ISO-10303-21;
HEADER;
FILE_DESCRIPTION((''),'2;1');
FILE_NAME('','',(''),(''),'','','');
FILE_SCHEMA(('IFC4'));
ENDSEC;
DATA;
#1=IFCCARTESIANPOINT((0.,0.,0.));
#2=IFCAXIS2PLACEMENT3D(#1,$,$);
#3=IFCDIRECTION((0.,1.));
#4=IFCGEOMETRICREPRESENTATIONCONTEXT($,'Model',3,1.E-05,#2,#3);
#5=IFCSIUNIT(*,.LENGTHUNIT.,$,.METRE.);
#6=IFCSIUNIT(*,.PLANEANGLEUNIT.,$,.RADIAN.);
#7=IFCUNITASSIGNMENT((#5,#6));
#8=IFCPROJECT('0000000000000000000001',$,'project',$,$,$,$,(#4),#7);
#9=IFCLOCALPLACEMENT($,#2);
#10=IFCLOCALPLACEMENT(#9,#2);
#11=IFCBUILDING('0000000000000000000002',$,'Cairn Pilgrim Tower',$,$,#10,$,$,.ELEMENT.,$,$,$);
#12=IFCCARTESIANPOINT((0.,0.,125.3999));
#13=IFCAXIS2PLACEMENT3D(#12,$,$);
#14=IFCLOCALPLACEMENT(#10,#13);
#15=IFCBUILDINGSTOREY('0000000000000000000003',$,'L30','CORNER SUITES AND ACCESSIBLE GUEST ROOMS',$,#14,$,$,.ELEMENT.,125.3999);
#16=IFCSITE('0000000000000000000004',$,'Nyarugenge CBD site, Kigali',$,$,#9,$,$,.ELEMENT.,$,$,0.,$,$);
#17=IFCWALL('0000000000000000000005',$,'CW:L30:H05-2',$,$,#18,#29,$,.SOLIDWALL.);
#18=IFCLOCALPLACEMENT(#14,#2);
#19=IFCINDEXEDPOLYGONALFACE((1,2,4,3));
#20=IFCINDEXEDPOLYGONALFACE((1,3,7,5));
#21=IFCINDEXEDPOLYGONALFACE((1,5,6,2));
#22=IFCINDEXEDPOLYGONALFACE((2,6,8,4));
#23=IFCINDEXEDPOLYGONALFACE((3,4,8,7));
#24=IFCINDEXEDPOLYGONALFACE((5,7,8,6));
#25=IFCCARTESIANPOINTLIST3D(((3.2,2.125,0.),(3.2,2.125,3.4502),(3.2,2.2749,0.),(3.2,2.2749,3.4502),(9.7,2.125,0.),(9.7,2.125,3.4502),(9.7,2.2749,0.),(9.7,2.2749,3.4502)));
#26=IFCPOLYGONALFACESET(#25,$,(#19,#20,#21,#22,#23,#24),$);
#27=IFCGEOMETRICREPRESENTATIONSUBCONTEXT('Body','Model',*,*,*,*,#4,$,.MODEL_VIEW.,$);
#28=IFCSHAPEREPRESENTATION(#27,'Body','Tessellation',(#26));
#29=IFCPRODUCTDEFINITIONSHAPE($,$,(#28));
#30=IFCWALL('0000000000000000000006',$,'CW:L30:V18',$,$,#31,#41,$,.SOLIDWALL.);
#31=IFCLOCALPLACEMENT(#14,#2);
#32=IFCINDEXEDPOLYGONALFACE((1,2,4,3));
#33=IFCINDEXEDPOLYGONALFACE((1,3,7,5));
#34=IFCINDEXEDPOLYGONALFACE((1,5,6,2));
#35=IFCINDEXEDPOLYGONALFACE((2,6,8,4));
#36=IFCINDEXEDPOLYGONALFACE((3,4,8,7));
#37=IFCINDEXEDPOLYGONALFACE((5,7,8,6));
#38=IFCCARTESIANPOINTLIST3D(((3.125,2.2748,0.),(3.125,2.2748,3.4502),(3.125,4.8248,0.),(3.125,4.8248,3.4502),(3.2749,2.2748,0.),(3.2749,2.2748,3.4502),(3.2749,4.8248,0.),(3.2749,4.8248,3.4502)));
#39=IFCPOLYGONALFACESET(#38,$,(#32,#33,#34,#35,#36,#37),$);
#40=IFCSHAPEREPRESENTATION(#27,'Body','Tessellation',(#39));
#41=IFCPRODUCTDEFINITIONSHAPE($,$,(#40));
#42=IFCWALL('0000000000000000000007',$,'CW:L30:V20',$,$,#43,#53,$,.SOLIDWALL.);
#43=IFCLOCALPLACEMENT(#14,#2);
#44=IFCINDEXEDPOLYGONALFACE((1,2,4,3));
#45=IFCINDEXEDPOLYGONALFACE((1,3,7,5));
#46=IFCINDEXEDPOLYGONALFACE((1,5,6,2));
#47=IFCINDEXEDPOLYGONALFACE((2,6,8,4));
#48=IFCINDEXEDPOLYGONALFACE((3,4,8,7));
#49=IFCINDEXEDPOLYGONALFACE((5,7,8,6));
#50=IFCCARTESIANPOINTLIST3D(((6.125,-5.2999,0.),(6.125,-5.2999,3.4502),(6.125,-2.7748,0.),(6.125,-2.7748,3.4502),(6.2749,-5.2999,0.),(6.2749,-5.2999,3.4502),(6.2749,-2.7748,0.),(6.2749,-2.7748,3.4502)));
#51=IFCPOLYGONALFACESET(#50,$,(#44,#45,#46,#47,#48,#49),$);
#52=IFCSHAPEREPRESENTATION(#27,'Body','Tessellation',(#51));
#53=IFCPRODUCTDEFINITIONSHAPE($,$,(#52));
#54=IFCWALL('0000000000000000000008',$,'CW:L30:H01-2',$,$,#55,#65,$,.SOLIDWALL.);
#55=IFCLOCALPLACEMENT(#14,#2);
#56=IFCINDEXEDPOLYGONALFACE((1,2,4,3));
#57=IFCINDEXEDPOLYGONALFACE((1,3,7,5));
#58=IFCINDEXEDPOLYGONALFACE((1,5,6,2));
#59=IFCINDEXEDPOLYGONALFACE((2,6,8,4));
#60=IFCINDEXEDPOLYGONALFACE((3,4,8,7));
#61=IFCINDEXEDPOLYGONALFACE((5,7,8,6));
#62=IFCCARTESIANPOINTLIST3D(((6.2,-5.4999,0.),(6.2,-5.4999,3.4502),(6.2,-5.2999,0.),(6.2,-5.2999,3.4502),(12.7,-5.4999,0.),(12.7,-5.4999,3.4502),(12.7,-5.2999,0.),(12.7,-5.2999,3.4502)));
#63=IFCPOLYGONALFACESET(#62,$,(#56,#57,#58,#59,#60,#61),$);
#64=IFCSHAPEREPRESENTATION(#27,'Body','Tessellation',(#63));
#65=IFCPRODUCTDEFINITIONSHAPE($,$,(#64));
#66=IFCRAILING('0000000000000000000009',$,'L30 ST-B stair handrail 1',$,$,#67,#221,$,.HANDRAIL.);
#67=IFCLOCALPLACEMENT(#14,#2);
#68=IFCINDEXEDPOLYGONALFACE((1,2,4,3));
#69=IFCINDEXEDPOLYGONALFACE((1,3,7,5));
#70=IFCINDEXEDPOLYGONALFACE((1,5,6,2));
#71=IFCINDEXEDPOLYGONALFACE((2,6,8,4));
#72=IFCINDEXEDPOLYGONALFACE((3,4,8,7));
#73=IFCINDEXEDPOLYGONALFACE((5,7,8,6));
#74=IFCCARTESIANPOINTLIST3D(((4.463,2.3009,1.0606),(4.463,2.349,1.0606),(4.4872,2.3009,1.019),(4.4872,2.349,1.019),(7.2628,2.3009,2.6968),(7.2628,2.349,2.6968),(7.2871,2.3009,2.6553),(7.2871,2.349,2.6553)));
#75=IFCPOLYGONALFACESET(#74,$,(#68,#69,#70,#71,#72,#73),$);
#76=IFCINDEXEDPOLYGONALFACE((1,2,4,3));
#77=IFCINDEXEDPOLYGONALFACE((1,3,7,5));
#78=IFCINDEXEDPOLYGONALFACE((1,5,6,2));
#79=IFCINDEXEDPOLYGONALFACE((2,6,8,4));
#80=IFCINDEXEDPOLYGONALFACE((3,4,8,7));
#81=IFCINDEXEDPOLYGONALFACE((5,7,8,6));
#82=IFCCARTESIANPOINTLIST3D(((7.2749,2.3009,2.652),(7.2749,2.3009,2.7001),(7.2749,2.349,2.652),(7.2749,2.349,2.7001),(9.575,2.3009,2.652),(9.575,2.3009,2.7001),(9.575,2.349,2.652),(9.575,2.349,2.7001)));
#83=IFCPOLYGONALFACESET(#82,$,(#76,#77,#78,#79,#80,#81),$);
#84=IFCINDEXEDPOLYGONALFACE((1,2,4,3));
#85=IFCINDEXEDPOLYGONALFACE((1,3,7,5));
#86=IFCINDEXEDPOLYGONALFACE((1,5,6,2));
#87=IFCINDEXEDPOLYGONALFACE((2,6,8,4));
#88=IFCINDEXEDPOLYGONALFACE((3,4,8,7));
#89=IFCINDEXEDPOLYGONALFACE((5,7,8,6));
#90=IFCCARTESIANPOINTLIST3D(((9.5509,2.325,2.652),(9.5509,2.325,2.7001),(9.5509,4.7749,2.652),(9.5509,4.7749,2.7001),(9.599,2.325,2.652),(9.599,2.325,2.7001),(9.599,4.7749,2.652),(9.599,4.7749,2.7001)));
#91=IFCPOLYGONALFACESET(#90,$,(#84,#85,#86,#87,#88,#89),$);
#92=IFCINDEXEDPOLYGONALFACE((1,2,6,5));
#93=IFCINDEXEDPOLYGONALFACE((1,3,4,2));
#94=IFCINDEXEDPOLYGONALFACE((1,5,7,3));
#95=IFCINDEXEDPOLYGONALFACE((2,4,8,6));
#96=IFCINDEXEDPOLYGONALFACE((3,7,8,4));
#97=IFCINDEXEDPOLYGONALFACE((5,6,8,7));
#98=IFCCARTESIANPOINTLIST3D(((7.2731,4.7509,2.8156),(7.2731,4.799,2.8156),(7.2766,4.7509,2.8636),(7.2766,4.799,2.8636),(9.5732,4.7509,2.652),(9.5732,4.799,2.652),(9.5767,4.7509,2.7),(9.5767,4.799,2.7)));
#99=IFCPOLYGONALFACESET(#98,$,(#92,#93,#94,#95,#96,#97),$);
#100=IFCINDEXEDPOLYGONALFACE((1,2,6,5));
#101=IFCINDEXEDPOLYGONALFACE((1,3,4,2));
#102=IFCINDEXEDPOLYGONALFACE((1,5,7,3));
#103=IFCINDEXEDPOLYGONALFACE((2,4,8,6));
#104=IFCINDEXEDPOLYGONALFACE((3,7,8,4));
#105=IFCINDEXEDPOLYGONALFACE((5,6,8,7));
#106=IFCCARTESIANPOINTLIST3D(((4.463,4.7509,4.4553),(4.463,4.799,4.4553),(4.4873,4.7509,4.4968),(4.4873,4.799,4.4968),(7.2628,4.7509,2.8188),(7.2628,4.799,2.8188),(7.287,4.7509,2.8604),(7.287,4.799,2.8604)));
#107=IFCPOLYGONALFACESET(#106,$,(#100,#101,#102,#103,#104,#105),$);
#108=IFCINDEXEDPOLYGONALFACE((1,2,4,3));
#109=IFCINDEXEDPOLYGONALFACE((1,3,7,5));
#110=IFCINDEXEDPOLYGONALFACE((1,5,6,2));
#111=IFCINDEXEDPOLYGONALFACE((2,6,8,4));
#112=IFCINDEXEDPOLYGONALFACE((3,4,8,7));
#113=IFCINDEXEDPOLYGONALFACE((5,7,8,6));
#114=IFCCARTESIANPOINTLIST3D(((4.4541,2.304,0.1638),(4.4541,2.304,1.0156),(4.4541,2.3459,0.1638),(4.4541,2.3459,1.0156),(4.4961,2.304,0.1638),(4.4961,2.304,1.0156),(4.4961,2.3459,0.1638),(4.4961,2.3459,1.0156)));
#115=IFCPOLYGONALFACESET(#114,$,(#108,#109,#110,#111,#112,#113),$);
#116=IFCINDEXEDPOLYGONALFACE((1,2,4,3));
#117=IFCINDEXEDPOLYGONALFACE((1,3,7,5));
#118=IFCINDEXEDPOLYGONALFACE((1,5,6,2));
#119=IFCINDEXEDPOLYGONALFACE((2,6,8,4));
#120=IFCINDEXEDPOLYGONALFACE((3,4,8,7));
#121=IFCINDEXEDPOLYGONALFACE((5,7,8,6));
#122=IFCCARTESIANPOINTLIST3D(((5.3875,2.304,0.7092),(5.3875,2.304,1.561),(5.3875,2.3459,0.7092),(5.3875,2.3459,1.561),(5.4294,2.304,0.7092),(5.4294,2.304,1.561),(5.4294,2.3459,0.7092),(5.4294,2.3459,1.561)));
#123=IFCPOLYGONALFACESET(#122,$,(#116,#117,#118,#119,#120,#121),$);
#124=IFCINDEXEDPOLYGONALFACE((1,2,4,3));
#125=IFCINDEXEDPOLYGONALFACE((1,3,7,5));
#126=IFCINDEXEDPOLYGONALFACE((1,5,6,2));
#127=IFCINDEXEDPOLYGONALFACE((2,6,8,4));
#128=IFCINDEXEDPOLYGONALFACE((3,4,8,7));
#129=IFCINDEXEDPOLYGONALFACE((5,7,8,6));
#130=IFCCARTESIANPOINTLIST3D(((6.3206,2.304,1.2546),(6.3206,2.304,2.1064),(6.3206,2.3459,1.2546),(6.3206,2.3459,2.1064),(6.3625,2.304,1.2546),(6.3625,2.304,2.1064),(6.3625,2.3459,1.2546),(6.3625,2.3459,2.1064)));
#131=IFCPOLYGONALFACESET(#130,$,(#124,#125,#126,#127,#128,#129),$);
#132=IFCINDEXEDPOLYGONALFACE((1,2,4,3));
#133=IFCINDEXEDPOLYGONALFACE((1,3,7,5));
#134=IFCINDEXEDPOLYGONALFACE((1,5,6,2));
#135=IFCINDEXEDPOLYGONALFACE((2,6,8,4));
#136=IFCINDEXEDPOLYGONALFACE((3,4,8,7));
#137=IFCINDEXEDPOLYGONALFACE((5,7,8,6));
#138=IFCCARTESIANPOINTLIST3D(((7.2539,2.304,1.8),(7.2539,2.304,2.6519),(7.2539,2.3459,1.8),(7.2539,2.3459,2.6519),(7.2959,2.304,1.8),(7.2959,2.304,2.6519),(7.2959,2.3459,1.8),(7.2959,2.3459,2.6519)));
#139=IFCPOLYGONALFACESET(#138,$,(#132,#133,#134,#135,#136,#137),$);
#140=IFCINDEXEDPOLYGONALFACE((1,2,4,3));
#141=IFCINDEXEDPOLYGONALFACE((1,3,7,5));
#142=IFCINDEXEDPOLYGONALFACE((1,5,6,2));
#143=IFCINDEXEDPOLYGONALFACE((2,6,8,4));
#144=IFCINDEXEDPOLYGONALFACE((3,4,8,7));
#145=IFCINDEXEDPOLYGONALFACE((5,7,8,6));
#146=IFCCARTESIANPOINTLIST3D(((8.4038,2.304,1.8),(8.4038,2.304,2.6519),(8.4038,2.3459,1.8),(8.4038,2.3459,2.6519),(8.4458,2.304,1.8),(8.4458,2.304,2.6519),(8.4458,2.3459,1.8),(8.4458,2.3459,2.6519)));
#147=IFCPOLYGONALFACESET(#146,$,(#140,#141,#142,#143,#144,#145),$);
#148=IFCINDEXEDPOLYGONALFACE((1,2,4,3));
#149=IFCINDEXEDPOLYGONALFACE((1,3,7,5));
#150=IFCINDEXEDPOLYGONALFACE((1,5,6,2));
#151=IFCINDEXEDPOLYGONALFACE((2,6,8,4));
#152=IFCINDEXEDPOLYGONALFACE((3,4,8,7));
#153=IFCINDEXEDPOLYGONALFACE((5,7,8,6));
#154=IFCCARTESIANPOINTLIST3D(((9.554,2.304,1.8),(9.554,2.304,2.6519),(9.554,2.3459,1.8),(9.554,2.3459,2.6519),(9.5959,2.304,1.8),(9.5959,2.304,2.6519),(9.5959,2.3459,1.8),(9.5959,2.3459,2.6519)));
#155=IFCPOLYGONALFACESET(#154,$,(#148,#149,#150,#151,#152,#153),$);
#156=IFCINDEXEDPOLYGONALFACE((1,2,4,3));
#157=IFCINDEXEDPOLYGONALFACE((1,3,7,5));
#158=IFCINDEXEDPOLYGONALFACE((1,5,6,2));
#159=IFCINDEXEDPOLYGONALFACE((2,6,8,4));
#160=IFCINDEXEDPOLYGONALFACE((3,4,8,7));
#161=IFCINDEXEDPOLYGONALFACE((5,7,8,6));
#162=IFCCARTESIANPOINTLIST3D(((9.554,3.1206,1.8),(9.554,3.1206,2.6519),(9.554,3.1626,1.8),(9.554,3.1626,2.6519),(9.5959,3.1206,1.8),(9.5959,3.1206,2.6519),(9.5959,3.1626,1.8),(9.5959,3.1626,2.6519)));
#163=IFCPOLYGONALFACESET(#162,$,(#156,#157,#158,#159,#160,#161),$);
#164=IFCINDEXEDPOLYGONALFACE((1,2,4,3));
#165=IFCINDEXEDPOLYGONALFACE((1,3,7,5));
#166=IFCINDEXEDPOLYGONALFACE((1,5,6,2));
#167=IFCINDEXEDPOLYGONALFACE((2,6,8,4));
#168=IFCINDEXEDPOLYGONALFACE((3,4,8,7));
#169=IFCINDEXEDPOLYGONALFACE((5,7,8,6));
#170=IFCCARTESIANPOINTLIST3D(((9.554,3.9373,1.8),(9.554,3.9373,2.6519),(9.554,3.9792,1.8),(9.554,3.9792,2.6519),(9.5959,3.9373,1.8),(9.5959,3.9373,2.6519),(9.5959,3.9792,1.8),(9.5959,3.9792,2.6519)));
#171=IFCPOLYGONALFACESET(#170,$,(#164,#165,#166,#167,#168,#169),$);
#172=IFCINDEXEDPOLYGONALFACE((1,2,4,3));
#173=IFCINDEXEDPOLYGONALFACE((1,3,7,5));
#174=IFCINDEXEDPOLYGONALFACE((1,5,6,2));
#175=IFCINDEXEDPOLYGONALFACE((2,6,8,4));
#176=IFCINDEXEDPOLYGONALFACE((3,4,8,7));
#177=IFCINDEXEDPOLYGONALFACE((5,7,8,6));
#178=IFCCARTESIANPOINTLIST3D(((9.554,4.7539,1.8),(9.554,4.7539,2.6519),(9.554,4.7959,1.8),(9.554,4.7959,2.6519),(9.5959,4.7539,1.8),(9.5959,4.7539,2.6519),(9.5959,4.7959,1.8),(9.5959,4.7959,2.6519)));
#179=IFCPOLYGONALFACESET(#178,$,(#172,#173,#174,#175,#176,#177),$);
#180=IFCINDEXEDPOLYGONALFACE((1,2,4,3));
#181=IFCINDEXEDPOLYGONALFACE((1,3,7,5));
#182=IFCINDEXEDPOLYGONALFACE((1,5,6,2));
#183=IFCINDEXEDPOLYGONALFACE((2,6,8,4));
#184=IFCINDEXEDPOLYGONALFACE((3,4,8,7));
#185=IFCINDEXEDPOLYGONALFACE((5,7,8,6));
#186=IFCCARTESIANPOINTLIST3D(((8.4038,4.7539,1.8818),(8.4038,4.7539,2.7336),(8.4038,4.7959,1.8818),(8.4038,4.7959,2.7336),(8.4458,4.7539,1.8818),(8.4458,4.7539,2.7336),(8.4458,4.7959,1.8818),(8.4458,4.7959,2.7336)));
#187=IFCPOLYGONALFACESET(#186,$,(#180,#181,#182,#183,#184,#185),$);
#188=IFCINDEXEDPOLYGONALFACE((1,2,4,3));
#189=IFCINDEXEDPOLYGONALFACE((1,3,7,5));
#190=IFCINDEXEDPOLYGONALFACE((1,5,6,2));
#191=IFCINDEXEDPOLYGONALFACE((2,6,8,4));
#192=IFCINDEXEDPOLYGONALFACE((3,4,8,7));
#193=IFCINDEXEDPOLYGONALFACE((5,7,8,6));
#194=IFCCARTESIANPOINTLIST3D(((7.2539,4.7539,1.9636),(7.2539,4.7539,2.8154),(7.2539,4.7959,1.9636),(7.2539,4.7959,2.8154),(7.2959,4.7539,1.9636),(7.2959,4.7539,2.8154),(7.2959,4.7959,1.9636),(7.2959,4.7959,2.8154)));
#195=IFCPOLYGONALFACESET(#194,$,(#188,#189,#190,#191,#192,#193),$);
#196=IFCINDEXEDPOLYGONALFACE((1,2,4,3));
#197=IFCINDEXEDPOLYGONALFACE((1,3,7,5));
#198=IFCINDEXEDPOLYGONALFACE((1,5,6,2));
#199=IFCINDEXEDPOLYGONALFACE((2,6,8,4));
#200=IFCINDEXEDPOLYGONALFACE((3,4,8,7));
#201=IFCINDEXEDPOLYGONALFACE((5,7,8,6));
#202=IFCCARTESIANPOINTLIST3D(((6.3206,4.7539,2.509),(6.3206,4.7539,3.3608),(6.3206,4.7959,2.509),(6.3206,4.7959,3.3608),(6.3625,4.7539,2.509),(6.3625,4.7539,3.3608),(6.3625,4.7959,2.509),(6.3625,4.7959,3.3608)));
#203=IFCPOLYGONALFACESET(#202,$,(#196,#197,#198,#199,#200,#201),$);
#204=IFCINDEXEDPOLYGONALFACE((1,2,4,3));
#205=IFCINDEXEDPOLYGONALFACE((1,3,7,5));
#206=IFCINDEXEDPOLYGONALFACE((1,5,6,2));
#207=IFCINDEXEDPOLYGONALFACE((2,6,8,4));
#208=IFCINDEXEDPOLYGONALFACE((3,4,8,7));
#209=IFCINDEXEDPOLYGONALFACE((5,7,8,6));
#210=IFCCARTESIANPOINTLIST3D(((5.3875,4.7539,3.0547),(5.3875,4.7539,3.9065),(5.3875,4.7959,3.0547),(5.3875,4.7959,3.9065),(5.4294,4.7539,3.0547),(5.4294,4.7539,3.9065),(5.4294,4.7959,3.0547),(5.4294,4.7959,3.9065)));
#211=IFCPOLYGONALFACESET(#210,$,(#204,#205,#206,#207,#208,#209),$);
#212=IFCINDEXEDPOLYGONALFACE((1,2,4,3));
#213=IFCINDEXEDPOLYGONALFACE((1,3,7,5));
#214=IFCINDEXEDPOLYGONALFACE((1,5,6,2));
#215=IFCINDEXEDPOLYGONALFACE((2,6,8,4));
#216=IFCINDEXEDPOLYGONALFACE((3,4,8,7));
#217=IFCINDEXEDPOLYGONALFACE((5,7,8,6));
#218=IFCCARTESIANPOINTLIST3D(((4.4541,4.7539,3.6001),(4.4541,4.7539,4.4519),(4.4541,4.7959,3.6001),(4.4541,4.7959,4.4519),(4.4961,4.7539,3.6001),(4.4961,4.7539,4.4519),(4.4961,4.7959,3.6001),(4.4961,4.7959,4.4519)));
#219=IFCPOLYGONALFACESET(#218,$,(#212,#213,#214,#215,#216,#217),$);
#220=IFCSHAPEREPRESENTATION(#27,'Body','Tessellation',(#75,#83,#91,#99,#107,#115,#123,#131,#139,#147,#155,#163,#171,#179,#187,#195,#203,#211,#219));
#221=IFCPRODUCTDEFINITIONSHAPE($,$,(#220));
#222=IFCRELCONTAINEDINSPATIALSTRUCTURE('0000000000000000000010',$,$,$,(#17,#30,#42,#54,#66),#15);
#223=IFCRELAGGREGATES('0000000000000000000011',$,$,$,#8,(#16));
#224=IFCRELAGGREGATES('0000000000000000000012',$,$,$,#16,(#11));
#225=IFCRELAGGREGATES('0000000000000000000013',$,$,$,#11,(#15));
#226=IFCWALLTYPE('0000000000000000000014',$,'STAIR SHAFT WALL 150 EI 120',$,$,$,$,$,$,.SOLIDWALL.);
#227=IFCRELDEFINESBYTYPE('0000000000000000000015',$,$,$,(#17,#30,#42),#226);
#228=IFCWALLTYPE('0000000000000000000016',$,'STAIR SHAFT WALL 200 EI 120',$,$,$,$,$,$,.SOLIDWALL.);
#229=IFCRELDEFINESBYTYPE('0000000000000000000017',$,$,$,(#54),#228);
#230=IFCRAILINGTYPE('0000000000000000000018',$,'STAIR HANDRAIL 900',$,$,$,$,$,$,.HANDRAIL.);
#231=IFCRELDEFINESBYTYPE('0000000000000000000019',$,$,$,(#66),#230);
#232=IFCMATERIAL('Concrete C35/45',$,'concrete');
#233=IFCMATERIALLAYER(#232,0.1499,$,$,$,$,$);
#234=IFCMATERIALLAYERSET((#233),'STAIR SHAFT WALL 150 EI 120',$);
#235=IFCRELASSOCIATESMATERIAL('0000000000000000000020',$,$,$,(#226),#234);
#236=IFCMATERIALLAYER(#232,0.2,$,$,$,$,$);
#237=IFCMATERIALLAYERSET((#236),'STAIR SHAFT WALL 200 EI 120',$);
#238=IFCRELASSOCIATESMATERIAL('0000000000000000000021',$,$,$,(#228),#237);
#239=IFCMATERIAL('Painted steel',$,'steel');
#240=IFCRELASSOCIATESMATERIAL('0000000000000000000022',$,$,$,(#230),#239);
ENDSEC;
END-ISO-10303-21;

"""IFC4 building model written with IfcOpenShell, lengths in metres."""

from ifc_helpers import new_model, si_unit, direction, frame, frame_2d, origin, origin_2d, place, context, subcontext, project, spatial, rectangle, extrude, material, layer, layer_set, type_object, element, save


model = new_model("IFC4")

# Units and contexts
model_context = context("Model", 3, precision=1e-05, world=origin(), true_north=direction((0.0, 1.0)))
body_context = subcontext(model_context, "Body", "Model", "MODEL_VIEW")
ifc_project = project(units=[si_unit("LENGTHUNIT", "METRE"), si_unit("PLANEANGLEUNIT", "RADIAN")], contexts=[model_context])

# Site, building, storey
site_placement = place(None, origin())
site = spatial("IfcSite", under=ifc_project, at=site_placement, Name="Nyarugenge CBD site, Kigali", CompositionType="ELEMENT", RefElevation=0.0)
building_placement = place(site_placement, origin())
building = spatial("IfcBuilding", under=site, at=building_placement, Name="Cairn Pilgrim Tower", CompositionType="ELEMENT")
storey_placement = place(building_placement, frame((0.0, 0.0, 125.3999)))
storey = spatial("IfcBuildingStorey", under=building, at=storey_placement, Name="L30", Description="CORNER SUITES AND ACCESSIBLE GUEST ROOMS", CompositionType="ELEMENT", Elevation=125.3999)

# Shared definitions
ifc_material_1 = material(Name="Concrete C35/45", Category="concrete")
ifc_layer_1 = layer(ifc_material_1, 0.1499)
ifc_layer_set_1 = layer_set([ifc_layer_1], Name="STAIR SHAFT WALL 150 EI 120")
wall_type_1 = type_object("IfcWallType", Name="STAIR SHAFT WALL 150 EI 120", PredefinedType="SOLIDWALL", material=ifc_layer_set_1)
ifc_material_2 = material(Name="Painted steel", Category="steel")

# Walls
wall_1_placement = place(storey_placement, frame((3.2, 2.2, 0.0), z_axis=(0.0, 0.0, 1.0), x_axis=(1.0, 0.0, 0.0)))
element("IfcWall", 1, at=wall_1_placement, inside=storey, type_object=wall_type_1, Name="CW:L30:H05-2", PredefinedType="SOLIDWALL", context=body_context, shape_type="SweptSolid", body=[
    extrude(rectangle(XDim=6.5, YDim=0.1499, at=frame_2d((3.25, 0.0))), origin(), (0.0, 0.0, 1.0), 3.4502),
])
wall_2_placement = place(storey_placement, frame((3.2, 2.2749, 0.0), z_axis=(0.0, 0.0, 1.0), x_axis=(0.0, 1.0, 0.0)))
element("IfcWall", 2, at=wall_2_placement, inside=storey, type_object=wall_type_1, Name="CW:L30:V18", PredefinedType="SOLIDWALL", context=body_context, shape_type="SweptSolid", body=[
    extrude(rectangle(XDim=2.55, YDim=0.1499, at=frame_2d((1.2749, 0.0))), origin(), (0.0, 0.0, 1.0), 3.4502),
])
wall_3_placement = place(storey_placement, frame((6.2, -5.3, 0.0), z_axis=(0.0, 0.0, 1.0), x_axis=(0.0, 1.0, 0.0)))
element("IfcWall", 3, at=wall_3_placement, inside=storey, type_object=wall_type_1, Name="CW:L30:V20", PredefinedType="SOLIDWALL", context=body_context, shape_type="SweptSolid", body=[
    extrude(rectangle(XDim=2.5251, YDim=0.1499, at=frame_2d((1.2627, 0.0))), origin(), (0.0, 0.0, 1.0), 3.4502),
])
ifc_layer_2 = layer(ifc_material_1, 0.2)
ifc_layer_set_2 = layer_set([ifc_layer_2], Name="STAIR SHAFT WALL 200 EI 120")
wall_type_2 = type_object("IfcWallType", Name="STAIR SHAFT WALL 200 EI 120", PredefinedType="SOLIDWALL", material=ifc_layer_set_2)
wall_4_placement = place(storey_placement, frame((6.2, -5.3999, 0.0), z_axis=(0.0, 0.0, 1.0), x_axis=(1.0, 0.0, 0.0)))
element("IfcWall", 4, at=wall_4_placement, inside=storey, type_object=wall_type_2, Name="CW:L30:H01-2", PredefinedType="SOLIDWALL", context=body_context, shape_type="SweptSolid", body=[
    extrude(rectangle(XDim=6.5, YDim=0.2, at=frame_2d((3.25, 0.0))), origin(), (0.0, 0.0, 1.0), 3.4502),
])

# Railing
railing_type = type_object("IfcRailingType", Name="STAIR HANDRAIL 900", PredefinedType="HANDRAIL", material=ifc_material_2)
railing_placement = place(storey_placement, frame((4.4751, 2.325, 0.1638)))
element("IfcRailing", 5, at=railing_placement, inside=storey, type_object=railing_type, Name="L30 ST-B stair handrail 1", PredefinedType="HANDRAIL", context=body_context, shape_type="SweptSolid", body=[
    extrude(rectangle(XDim=0.0481, YDim=0.0481, at=origin_2d()), frame((0.0, 0.0, 0.876), z_axis=(0.863374, 0.0, 0.504564), x_axis=(0.0, 1.0, 0.0)), (0.0, 0.0, 1.0), 3.2429),
    extrude(rectangle(XDim=0.0481, YDim=0.0481, at=origin_2d()), frame((2.7998, 0.0, 2.5122), z_axis=(1.0, 0.0, 0.0), x_axis=(0.0, 1.0, 0.0)), (0.0, 0.0, 1.0), 2.3),
    extrude(rectangle(XDim=0.0481, YDim=0.0481, at=origin_2d()), frame((5.0999, 0.0, 2.5122), z_axis=(0.0, 1.0, 0.0), x_axis=(-1.0, 0.0, 0.0)), (0.0, 0.0, 1.0), 2.45),
    extrude(rectangle(XDim=0.0481, YDim=0.0481, at=origin_2d()), frame((5.0999, 2.45, 2.5122), z_axis=(-0.997481, 0.0, 0.070939), x_axis=(0.0, -1.0, 0.0)), (0.0, 0.0, 1.0), 2.3059),
    extrude(rectangle(XDim=0.0481, YDim=0.0481, at=origin_2d()), frame((2.7998, 2.45, 2.6758), z_axis=(-0.863342, 0.0, 0.50462), x_axis=(0.0, -1.0, 0.0)), (0.0, 0.0, 1.0), 3.2429),
    extrude(rectangle(XDim=0.042, YDim=0.042, at=origin_2d()), origin(), (0.0, 0.0, 1.0), 0.8518),
    extrude(rectangle(XDim=0.042, YDim=0.042, at=origin_2d()), frame((0.9333, 0.0, 0.5454)), (0.0, 0.0, 1.0), 0.8518),
    extrude(rectangle(XDim=0.042, YDim=0.042, at=origin_2d()), frame((1.8665, 0.0, 1.0908)), (0.0, 0.0, 1.0), 0.8518),
    extrude(rectangle(XDim=0.042, YDim=0.042, at=origin_2d()), frame((2.7998, 0.0, 1.6362)), (0.0, 0.0, 1.0), 0.8518),
    extrude(rectangle(XDim=0.042, YDim=0.042, at=origin_2d()), frame((3.9497, 0.0, 1.6362)), (0.0, 0.0, 1.0), 0.8518),
    extrude(rectangle(XDim=0.042, YDim=0.042, at=origin_2d()), frame((5.0999, 0.0, 1.6362)), (0.0, 0.0, 1.0), 0.8518),
    extrude(rectangle(XDim=0.042, YDim=0.042, at=origin_2d()), frame((5.0999, 0.8167, 1.6362)), (0.0, 0.0, 1.0), 0.8518),
    extrude(rectangle(XDim=0.042, YDim=0.042, at=origin_2d()), frame((5.0999, 1.6333, 1.6362)), (0.0, 0.0, 1.0), 0.8518),
    extrude(rectangle(XDim=0.042, YDim=0.042, at=origin_2d()), frame((5.0999, 2.45, 1.6362)), (0.0, 0.0, 1.0), 0.8518),
    extrude(rectangle(XDim=0.042, YDim=0.042, at=origin_2d()), frame((3.9497, 2.45, 1.718)), (0.0, 0.0, 1.0), 0.8518),
    extrude(rectangle(XDim=0.042, YDim=0.042, at=origin_2d()), frame((2.7998, 2.45, 1.7998)), (0.0, 0.0, 1.0), 0.8518),
    extrude(rectangle(XDim=0.042, YDim=0.042, at=origin_2d()), frame((1.8665, 2.45, 2.3452)), (0.0, 0.0, 1.0), 0.8518),
    extrude(rectangle(XDim=0.042, YDim=0.042, at=origin_2d()), frame((0.9333, 2.45, 2.8909)), (0.0, 0.0, 1.0), 0.8518),
    extrude(rectangle(XDim=0.042, YDim=0.042, at=origin_2d()), frame((0.0, 2.45, 3.4363)), (0.0, 0.0, 1.0), 0.8518),
])

save(model, "model.ifc")
